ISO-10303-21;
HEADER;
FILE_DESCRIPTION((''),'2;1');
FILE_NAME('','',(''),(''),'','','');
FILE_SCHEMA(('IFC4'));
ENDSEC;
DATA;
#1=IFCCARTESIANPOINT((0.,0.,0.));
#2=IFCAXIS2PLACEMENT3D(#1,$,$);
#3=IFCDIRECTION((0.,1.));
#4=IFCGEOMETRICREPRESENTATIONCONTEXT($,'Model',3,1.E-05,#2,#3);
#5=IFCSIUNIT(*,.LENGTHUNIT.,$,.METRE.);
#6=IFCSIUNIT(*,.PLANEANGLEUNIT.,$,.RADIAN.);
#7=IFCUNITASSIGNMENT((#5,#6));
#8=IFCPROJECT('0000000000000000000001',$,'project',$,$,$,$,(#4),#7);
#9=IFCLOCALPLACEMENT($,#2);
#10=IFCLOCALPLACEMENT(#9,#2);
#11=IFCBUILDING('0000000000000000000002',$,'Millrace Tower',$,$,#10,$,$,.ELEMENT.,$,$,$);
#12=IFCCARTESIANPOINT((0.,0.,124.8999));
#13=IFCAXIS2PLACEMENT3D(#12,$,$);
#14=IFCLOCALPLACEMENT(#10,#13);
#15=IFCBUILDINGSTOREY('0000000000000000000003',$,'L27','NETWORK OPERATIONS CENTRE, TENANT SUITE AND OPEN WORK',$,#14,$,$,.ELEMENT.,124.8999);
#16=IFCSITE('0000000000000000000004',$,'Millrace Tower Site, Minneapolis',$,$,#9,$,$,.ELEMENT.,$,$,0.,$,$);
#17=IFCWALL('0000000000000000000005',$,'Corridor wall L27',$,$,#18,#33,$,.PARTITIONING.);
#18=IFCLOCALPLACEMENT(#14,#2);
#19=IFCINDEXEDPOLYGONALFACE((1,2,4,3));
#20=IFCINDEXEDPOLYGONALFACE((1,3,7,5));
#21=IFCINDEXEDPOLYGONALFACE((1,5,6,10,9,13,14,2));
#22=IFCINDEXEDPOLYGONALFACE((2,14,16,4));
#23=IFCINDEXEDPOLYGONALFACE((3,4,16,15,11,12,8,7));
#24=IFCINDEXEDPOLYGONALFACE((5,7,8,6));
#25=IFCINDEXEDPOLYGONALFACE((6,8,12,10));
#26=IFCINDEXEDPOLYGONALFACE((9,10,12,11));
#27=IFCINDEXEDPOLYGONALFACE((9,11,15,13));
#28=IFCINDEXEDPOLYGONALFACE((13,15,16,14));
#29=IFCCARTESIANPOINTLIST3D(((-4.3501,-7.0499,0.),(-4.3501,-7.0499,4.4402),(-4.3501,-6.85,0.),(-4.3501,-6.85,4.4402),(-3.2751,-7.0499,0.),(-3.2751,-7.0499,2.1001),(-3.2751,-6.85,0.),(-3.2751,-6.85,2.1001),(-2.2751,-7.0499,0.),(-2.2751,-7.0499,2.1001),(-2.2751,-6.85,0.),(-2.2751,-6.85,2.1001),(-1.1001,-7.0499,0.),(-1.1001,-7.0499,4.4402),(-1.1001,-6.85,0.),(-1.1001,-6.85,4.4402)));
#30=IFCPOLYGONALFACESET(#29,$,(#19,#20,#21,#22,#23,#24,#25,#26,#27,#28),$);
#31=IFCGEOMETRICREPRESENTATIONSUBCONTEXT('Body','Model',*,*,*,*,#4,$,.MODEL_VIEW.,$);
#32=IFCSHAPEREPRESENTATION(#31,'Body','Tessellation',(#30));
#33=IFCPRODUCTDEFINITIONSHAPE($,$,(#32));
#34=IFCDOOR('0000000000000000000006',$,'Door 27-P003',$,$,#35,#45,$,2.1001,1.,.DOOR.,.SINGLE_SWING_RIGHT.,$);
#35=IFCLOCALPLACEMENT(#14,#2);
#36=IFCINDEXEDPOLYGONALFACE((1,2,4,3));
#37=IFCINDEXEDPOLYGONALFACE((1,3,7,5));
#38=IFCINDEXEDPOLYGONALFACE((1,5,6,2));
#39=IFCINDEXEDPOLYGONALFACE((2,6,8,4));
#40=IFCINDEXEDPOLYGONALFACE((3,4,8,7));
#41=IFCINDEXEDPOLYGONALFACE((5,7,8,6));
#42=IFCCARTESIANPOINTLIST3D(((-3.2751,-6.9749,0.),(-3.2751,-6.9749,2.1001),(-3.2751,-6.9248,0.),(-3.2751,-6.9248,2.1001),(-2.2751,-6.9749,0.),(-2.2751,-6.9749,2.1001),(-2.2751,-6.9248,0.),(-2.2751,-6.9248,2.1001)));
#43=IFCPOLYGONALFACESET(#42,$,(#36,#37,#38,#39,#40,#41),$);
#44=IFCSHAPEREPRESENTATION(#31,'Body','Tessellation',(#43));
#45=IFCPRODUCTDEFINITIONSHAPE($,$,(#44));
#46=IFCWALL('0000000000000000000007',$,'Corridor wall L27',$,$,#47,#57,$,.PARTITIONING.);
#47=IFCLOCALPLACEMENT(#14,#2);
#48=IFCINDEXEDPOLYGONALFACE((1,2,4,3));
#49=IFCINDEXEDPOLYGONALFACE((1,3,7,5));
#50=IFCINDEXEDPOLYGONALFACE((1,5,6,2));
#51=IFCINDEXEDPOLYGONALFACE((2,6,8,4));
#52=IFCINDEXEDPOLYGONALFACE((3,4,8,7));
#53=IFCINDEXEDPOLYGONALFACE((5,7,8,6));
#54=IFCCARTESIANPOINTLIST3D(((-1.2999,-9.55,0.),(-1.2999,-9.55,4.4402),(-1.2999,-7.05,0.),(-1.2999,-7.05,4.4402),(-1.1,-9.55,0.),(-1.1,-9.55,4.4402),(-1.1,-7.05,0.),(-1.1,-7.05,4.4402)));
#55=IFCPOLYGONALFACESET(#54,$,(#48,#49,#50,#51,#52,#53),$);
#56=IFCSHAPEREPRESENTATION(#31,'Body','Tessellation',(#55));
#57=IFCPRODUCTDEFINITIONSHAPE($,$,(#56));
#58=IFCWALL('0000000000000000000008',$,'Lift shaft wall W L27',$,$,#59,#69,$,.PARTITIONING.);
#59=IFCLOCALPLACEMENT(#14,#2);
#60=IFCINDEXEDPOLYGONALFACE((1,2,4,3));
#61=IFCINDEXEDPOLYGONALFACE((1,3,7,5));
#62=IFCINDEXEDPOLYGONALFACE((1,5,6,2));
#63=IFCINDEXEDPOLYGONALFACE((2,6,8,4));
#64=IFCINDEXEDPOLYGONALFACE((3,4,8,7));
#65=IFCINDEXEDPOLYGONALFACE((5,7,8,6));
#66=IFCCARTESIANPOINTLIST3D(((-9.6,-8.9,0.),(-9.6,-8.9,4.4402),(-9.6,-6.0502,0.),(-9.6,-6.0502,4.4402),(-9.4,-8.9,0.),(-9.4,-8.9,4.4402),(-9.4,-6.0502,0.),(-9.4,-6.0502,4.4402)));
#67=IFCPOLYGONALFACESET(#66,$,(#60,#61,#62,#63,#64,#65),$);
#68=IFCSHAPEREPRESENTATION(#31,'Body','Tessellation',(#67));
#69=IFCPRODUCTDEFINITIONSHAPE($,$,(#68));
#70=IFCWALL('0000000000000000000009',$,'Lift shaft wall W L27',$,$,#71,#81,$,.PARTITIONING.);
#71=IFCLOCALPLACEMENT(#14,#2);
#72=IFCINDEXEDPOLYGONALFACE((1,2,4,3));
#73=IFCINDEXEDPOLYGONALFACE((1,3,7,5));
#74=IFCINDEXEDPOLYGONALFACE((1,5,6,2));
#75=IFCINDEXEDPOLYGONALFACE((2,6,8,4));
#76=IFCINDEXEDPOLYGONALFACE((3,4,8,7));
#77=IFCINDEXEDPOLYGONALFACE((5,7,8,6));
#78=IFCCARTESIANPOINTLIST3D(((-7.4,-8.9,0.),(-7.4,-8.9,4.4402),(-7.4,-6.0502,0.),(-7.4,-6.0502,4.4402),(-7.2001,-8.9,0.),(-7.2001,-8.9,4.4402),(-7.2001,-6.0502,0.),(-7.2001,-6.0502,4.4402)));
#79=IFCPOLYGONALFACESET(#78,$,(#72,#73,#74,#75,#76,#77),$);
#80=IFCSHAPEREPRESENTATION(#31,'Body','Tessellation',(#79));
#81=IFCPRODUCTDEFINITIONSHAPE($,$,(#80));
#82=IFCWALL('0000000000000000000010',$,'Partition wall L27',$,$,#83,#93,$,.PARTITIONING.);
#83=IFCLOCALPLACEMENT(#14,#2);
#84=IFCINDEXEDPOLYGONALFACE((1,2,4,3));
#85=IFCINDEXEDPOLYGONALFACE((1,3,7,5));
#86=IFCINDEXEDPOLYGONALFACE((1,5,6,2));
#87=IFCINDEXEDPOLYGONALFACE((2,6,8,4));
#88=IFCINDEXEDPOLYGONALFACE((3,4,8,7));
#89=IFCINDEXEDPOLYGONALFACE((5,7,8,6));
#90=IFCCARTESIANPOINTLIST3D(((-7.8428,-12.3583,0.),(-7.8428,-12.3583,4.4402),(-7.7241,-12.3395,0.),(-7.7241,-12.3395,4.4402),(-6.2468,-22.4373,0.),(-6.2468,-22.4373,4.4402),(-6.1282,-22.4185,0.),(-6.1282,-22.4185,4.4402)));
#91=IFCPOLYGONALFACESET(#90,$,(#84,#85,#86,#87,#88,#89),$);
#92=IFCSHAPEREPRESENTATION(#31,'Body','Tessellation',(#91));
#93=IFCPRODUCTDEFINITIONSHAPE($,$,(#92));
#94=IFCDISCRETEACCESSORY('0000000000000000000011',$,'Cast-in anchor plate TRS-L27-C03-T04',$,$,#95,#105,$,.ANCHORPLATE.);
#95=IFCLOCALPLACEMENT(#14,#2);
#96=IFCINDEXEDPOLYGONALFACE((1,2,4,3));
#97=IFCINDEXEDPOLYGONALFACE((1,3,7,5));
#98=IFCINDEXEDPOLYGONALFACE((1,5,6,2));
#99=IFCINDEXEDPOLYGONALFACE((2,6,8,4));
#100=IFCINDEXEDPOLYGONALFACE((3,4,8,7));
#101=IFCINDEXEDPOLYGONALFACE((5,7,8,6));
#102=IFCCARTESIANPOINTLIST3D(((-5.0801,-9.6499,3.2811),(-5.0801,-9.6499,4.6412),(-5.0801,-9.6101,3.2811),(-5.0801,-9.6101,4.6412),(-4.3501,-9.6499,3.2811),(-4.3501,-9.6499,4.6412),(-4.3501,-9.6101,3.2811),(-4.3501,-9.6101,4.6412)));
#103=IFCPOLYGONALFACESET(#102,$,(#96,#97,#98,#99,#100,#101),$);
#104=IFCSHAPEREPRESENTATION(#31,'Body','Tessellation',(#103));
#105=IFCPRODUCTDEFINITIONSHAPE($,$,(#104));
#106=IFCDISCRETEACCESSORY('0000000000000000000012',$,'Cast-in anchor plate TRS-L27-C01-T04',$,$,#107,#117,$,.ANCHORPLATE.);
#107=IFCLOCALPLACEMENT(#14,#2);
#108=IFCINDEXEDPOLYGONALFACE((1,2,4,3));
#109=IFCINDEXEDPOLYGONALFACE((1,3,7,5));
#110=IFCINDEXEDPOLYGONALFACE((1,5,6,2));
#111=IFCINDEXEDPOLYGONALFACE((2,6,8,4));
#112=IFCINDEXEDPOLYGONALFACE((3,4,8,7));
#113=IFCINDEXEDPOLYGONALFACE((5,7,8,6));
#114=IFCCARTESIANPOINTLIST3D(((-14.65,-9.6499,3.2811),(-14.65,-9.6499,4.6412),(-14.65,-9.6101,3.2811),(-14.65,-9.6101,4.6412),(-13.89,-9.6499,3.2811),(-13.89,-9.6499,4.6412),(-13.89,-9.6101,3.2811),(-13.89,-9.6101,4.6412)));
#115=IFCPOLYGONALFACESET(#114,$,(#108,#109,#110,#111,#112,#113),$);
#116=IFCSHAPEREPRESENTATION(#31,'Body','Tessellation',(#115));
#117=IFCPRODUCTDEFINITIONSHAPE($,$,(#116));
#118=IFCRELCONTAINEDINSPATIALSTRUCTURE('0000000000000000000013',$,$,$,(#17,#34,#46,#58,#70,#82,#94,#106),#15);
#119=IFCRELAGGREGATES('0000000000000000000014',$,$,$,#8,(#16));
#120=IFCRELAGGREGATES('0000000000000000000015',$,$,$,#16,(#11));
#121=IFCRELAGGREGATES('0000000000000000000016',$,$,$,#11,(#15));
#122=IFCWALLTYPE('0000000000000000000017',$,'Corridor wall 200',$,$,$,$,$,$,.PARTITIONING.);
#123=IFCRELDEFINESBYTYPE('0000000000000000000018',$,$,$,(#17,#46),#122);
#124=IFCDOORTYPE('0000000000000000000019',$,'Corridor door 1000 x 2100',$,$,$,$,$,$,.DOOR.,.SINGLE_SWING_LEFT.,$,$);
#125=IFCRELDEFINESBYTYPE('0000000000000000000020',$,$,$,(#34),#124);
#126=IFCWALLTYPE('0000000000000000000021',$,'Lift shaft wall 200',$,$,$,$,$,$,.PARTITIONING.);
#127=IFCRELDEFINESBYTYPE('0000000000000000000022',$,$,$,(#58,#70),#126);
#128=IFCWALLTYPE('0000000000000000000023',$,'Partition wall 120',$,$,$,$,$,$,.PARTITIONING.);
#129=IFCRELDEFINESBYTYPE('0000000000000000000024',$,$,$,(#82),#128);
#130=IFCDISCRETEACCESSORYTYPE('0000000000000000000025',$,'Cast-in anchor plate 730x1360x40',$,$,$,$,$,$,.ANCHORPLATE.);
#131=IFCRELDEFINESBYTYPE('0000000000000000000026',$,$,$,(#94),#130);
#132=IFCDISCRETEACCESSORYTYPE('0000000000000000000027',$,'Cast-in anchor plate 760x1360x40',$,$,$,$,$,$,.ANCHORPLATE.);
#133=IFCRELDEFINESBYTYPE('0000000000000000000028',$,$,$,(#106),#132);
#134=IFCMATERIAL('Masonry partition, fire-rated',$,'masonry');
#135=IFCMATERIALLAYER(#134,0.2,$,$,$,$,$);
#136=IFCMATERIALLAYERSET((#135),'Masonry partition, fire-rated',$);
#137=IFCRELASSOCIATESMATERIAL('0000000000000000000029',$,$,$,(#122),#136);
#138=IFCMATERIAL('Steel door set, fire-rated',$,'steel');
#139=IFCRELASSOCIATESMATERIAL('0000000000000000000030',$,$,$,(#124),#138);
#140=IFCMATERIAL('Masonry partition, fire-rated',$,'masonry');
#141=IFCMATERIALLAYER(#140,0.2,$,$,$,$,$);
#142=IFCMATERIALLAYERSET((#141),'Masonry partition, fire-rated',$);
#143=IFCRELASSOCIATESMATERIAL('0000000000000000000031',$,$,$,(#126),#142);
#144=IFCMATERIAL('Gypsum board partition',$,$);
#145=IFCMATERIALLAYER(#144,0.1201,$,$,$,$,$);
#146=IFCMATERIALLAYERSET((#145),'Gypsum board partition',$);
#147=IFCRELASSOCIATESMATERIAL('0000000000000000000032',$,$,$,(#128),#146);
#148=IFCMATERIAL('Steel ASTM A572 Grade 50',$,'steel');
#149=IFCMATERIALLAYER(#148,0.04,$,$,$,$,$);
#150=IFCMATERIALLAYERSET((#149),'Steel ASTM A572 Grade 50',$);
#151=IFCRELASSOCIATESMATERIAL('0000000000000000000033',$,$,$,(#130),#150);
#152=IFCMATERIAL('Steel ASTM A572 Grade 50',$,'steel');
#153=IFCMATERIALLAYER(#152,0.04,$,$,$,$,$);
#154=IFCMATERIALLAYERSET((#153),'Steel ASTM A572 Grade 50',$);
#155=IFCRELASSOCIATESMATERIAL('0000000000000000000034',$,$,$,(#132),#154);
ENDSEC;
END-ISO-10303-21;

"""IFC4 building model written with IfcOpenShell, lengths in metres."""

from ifc_helpers import new_model, si_unit, direction, frame, frame_2d, origin, origin_2d, place, context, subcontext, project, spatial, rectangle, extrude, material, layer, layer_set, type_object, element, fill, save


model = new_model("IFC4")

# Units and contexts
model_context = context("Model", 3, precision=1e-05, world=origin(), true_north=direction((0.0, 1.0)))
body_context = subcontext(model_context, "Body", "Model", "MODEL_VIEW")
ifc_project = project(units=[si_unit("LENGTHUNIT", "METRE"), si_unit("PLANEANGLEUNIT", "RADIAN")], contexts=[model_context])

# Site, building, storey
site_placement = place(None, origin())
site = spatial("IfcSite", under=ifc_project, at=site_placement, Name="Millrace Tower Site, Minneapolis", CompositionType="ELEMENT", RefElevation=0.0)
building_placement = place(site_placement, origin())
building = spatial("IfcBuilding", under=site, at=building_placement, Name="Millrace Tower", CompositionType="ELEMENT")
storey_placement = place(building_placement, frame((0.0, 0.0, 124.8999)))
storey = spatial("IfcBuildingStorey", under=building, at=storey_placement, Name="L27", Description="NETWORK OPERATIONS CENTRE, TENANT SUITE AND OPEN WORK", CompositionType="ELEMENT", Elevation=124.8999)

# Shared definitions
ifc_material_1 = material(Name="Masonry partition, fire-rated", Category="masonry")
ifc_layer_1 = layer(ifc_material_1, 0.2)
ifc_layer_set_1 = layer_set([ifc_layer_1], Name="Masonry partition, fire-rated")
wall_type_1 = type_object("IfcWallType", Name="Corridor wall 200", PredefinedType="PARTITIONING", material=ifc_layer_set_1)

# Wall, opening, door
wall_1_placement = place(storey_placement, frame((-4.3501, -6.95, 0.0), z_axis=(0.0, 0.0, 1.0), x_axis=(1.0, 0.0, 0.0)))
wall_1 = element("IfcWall", 1, at=wall_1_placement, inside=storey, type_object=wall_type_1, Name="Corridor wall L27", PredefinedType="PARTITIONING", context=body_context, shape_type="SweptSolid", body=[
    extrude(rectangle(XDim=3.25, YDim=0.2, at=frame_2d((1.625, 0.0))), origin(), (0.0, 0.0, 1.0), 4.4402),
])
opening_placement = place(wall_1_placement, frame((1.075, 0.0, 0.0)))
opening = element("IfcOpeningElement", 2, at=opening_placement, cuts=wall_1, PredefinedType="OPENING", context=body_context, shape_type="SweptSolid", body=[
    extrude(rectangle(XDim=1.0, YDim=2.1001, at=frame_2d((0.5, 1.05))), frame((0.0, 0.1099, 0.0), z_axis=(0.0, -1.0, 0.0), x_axis=(1.0, 0.0, 0.0)), (0.0, 0.0, 1.0), 0.22),
])
ifc_material_2 = material(Name="Steel door set, fire-rated", Category="steel")
door_type = type_object("IfcDoorType", Name="Corridor door 1000 x 2100", OperationType="SINGLE_SWING_LEFT", PredefinedType="DOOR", material=ifc_material_2)
door_placement = place(opening_placement, frame((1.0, 0.0, 0.0), z_axis=(0.0, 0.0, 1.0), x_axis=(-1.0, 0.0, 0.0)))
door = element("IfcDoor", 3, at=door_placement, inside=storey, type_object=door_type, Name="Door 27-P003", OperationType="SINGLE_SWING_RIGHT", OverallHeight=2.1001, OverallWidth=1.0, PredefinedType="DOOR", context=body_context, shape_type="SweptSolid", body=[
    extrude(rectangle(XDim=1.0, YDim=2.1001, at=frame_2d((0.5, 1.05))), frame((0.0, 0.0249, 0.0), z_axis=(0.0, -1.0, 0.0), x_axis=(1.0, 0.0, 0.0)), (0.0, 0.0, 1.0), 0.05),
])
fill(opening, door)

# Walls
wall_2_placement = place(storey_placement, frame((-1.2, -9.55, 0.0), z_axis=(0.0, 0.0, 1.0), x_axis=(0.0, 1.0, 0.0)))
element("IfcWall", 4, at=wall_2_placement, inside=storey, type_object=wall_type_1, Name="Corridor wall L27", PredefinedType="PARTITIONING", context=body_context, shape_type="SweptSolid", body=[
    extrude(rectangle(XDim=2.5, YDim=0.2, at=frame_2d((1.25, 0.0))), origin(), (0.0, 0.0, 1.0), 4.4402),
])
ifc_material_3 = material(Name="Masonry partition, fire-rated", Category="masonry")
ifc_layer_2 = layer(ifc_material_3, 0.2)
ifc_layer_set_2 = layer_set([ifc_layer_2], Name="Masonry partition, fire-rated")
wall_type_2 = type_object("IfcWallType", Name="Lift shaft wall 200", PredefinedType="PARTITIONING", material=ifc_layer_set_2)
for number, where, z_axis, x_axis, name in (
    (5, (-9.5, -8.8999, 0.0), (0.0, 0.0, 1.0), (0.0, 1.0, 0.0), "Lift shaft wall W L27"),
    (6, (-7.3, -8.8999, 0.0), (0.0, 0.0, 1.0), (0.0, 1.0, 0.0), "Lift shaft wall W L27"),
):
    element("IfcWall", number, at=place(storey_placement, frame(where, z_axis=z_axis, x_axis=x_axis)), inside=storey, type_object=wall_type_2, Name=name, PredefinedType="PARTITIONING", context=body_context, shape_type="SweptSolid", body=[
        extrude(rectangle(XDim=2.8499, YDim=0.2, at=frame_2d((1.4248, 0.0))), origin(), (0.0, 0.0, 1.0), 4.4402),
    ])
ifc_material_4 = material(Name="Gypsum board partition")
ifc_layer_3 = layer(ifc_material_4, 0.1201)
ifc_layer_set_3 = layer_set([ifc_layer_3], Name="Gypsum board partition")
wall_type_3 = type_object("IfcWallType", Name="Partition wall 120", PredefinedType="PARTITIONING", material=ifc_layer_set_3)
wall_3_placement = place(storey_placement, frame((-7.7834, -12.3489, 0.0), z_axis=(0.0, 0.0, 1.0), x_axis=(0.156394, -0.987695, 0.0)))
element("IfcWall", 7, at=wall_3_placement, inside=storey, type_object=wall_type_3, Name="Partition wall L27", PredefinedType="PARTITIONING", context=body_context, shape_type="SweptSolid", body=[
    extrude(rectangle(XDim=10.2046, YDim=0.1201, at=frame_2d((5.1023, 0.0))), origin(), (0.0, 0.0, 1.0), 4.4402),
])

# Discrete accessories
ifc_material_5 = material(Name="Steel ASTM A572 Grade 50", Category="steel")
ifc_layer_4 = layer(ifc_material_5, 0.04)
ifc_layer_set_4 = layer_set([ifc_layer_4], Name="Steel ASTM A572 Grade 50")
discrete_accessory_type_1 = type_object("IfcDiscreteAccessoryType", Name="Cast-in anchor plate 730x1360x40", PredefinedType="ANCHORPLATE", material=ifc_layer_set_4)
discrete_accessory_1_placement = place(storey_placement, frame((-4.7151, -9.6101, 3.9612), z_axis=(0.0, -1.0, 0.0), x_axis=(1.0, 0.0, 0.0)))
element("IfcDiscreteAccessory", 8, at=discrete_accessory_1_placement, inside=storey, type_object=discrete_accessory_type_1, Name="Cast-in anchor plate TRS-L27-C03-T04", PredefinedType="ANCHORPLATE", context=body_context, shape_type="SweptSolid", body=[
    extrude(rectangle(XDim=0.73, YDim=1.3601, at=origin_2d()), origin(), (0.0, 0.0, 1.0), 0.0398),
])
ifc_material_6 = material(Name="Steel ASTM A572 Grade 50", Category="steel")
ifc_layer_5 = layer(ifc_material_6, 0.04)
ifc_layer_set_5 = layer_set([ifc_layer_5], Name="Steel ASTM A572 Grade 50")
discrete_accessory_type_2 = type_object("IfcDiscreteAccessoryType", Name="Cast-in anchor plate 760x1360x40", PredefinedType="ANCHORPLATE", material=ifc_layer_set_5)
discrete_accessory_2_placement = place(storey_placement, frame((-14.27, -9.6101, 3.9612), z_axis=(0.0, -1.0, 0.0), x_axis=(1.0, 0.0, 0.0)))
element("IfcDiscreteAccessory", 9, at=discrete_accessory_2_placement, inside=storey, type_object=discrete_accessory_type_2, Name="Cast-in anchor plate TRS-L27-C01-T04", PredefinedType="ANCHORPLATE", context=body_context, shape_type="SweptSolid", body=[
    extrude(rectangle(XDim=0.76, YDim=1.3601, at=origin_2d()), origin(), (0.0, 0.0, 1.0), 0.0398),
])

save(model, "model.ifc")
